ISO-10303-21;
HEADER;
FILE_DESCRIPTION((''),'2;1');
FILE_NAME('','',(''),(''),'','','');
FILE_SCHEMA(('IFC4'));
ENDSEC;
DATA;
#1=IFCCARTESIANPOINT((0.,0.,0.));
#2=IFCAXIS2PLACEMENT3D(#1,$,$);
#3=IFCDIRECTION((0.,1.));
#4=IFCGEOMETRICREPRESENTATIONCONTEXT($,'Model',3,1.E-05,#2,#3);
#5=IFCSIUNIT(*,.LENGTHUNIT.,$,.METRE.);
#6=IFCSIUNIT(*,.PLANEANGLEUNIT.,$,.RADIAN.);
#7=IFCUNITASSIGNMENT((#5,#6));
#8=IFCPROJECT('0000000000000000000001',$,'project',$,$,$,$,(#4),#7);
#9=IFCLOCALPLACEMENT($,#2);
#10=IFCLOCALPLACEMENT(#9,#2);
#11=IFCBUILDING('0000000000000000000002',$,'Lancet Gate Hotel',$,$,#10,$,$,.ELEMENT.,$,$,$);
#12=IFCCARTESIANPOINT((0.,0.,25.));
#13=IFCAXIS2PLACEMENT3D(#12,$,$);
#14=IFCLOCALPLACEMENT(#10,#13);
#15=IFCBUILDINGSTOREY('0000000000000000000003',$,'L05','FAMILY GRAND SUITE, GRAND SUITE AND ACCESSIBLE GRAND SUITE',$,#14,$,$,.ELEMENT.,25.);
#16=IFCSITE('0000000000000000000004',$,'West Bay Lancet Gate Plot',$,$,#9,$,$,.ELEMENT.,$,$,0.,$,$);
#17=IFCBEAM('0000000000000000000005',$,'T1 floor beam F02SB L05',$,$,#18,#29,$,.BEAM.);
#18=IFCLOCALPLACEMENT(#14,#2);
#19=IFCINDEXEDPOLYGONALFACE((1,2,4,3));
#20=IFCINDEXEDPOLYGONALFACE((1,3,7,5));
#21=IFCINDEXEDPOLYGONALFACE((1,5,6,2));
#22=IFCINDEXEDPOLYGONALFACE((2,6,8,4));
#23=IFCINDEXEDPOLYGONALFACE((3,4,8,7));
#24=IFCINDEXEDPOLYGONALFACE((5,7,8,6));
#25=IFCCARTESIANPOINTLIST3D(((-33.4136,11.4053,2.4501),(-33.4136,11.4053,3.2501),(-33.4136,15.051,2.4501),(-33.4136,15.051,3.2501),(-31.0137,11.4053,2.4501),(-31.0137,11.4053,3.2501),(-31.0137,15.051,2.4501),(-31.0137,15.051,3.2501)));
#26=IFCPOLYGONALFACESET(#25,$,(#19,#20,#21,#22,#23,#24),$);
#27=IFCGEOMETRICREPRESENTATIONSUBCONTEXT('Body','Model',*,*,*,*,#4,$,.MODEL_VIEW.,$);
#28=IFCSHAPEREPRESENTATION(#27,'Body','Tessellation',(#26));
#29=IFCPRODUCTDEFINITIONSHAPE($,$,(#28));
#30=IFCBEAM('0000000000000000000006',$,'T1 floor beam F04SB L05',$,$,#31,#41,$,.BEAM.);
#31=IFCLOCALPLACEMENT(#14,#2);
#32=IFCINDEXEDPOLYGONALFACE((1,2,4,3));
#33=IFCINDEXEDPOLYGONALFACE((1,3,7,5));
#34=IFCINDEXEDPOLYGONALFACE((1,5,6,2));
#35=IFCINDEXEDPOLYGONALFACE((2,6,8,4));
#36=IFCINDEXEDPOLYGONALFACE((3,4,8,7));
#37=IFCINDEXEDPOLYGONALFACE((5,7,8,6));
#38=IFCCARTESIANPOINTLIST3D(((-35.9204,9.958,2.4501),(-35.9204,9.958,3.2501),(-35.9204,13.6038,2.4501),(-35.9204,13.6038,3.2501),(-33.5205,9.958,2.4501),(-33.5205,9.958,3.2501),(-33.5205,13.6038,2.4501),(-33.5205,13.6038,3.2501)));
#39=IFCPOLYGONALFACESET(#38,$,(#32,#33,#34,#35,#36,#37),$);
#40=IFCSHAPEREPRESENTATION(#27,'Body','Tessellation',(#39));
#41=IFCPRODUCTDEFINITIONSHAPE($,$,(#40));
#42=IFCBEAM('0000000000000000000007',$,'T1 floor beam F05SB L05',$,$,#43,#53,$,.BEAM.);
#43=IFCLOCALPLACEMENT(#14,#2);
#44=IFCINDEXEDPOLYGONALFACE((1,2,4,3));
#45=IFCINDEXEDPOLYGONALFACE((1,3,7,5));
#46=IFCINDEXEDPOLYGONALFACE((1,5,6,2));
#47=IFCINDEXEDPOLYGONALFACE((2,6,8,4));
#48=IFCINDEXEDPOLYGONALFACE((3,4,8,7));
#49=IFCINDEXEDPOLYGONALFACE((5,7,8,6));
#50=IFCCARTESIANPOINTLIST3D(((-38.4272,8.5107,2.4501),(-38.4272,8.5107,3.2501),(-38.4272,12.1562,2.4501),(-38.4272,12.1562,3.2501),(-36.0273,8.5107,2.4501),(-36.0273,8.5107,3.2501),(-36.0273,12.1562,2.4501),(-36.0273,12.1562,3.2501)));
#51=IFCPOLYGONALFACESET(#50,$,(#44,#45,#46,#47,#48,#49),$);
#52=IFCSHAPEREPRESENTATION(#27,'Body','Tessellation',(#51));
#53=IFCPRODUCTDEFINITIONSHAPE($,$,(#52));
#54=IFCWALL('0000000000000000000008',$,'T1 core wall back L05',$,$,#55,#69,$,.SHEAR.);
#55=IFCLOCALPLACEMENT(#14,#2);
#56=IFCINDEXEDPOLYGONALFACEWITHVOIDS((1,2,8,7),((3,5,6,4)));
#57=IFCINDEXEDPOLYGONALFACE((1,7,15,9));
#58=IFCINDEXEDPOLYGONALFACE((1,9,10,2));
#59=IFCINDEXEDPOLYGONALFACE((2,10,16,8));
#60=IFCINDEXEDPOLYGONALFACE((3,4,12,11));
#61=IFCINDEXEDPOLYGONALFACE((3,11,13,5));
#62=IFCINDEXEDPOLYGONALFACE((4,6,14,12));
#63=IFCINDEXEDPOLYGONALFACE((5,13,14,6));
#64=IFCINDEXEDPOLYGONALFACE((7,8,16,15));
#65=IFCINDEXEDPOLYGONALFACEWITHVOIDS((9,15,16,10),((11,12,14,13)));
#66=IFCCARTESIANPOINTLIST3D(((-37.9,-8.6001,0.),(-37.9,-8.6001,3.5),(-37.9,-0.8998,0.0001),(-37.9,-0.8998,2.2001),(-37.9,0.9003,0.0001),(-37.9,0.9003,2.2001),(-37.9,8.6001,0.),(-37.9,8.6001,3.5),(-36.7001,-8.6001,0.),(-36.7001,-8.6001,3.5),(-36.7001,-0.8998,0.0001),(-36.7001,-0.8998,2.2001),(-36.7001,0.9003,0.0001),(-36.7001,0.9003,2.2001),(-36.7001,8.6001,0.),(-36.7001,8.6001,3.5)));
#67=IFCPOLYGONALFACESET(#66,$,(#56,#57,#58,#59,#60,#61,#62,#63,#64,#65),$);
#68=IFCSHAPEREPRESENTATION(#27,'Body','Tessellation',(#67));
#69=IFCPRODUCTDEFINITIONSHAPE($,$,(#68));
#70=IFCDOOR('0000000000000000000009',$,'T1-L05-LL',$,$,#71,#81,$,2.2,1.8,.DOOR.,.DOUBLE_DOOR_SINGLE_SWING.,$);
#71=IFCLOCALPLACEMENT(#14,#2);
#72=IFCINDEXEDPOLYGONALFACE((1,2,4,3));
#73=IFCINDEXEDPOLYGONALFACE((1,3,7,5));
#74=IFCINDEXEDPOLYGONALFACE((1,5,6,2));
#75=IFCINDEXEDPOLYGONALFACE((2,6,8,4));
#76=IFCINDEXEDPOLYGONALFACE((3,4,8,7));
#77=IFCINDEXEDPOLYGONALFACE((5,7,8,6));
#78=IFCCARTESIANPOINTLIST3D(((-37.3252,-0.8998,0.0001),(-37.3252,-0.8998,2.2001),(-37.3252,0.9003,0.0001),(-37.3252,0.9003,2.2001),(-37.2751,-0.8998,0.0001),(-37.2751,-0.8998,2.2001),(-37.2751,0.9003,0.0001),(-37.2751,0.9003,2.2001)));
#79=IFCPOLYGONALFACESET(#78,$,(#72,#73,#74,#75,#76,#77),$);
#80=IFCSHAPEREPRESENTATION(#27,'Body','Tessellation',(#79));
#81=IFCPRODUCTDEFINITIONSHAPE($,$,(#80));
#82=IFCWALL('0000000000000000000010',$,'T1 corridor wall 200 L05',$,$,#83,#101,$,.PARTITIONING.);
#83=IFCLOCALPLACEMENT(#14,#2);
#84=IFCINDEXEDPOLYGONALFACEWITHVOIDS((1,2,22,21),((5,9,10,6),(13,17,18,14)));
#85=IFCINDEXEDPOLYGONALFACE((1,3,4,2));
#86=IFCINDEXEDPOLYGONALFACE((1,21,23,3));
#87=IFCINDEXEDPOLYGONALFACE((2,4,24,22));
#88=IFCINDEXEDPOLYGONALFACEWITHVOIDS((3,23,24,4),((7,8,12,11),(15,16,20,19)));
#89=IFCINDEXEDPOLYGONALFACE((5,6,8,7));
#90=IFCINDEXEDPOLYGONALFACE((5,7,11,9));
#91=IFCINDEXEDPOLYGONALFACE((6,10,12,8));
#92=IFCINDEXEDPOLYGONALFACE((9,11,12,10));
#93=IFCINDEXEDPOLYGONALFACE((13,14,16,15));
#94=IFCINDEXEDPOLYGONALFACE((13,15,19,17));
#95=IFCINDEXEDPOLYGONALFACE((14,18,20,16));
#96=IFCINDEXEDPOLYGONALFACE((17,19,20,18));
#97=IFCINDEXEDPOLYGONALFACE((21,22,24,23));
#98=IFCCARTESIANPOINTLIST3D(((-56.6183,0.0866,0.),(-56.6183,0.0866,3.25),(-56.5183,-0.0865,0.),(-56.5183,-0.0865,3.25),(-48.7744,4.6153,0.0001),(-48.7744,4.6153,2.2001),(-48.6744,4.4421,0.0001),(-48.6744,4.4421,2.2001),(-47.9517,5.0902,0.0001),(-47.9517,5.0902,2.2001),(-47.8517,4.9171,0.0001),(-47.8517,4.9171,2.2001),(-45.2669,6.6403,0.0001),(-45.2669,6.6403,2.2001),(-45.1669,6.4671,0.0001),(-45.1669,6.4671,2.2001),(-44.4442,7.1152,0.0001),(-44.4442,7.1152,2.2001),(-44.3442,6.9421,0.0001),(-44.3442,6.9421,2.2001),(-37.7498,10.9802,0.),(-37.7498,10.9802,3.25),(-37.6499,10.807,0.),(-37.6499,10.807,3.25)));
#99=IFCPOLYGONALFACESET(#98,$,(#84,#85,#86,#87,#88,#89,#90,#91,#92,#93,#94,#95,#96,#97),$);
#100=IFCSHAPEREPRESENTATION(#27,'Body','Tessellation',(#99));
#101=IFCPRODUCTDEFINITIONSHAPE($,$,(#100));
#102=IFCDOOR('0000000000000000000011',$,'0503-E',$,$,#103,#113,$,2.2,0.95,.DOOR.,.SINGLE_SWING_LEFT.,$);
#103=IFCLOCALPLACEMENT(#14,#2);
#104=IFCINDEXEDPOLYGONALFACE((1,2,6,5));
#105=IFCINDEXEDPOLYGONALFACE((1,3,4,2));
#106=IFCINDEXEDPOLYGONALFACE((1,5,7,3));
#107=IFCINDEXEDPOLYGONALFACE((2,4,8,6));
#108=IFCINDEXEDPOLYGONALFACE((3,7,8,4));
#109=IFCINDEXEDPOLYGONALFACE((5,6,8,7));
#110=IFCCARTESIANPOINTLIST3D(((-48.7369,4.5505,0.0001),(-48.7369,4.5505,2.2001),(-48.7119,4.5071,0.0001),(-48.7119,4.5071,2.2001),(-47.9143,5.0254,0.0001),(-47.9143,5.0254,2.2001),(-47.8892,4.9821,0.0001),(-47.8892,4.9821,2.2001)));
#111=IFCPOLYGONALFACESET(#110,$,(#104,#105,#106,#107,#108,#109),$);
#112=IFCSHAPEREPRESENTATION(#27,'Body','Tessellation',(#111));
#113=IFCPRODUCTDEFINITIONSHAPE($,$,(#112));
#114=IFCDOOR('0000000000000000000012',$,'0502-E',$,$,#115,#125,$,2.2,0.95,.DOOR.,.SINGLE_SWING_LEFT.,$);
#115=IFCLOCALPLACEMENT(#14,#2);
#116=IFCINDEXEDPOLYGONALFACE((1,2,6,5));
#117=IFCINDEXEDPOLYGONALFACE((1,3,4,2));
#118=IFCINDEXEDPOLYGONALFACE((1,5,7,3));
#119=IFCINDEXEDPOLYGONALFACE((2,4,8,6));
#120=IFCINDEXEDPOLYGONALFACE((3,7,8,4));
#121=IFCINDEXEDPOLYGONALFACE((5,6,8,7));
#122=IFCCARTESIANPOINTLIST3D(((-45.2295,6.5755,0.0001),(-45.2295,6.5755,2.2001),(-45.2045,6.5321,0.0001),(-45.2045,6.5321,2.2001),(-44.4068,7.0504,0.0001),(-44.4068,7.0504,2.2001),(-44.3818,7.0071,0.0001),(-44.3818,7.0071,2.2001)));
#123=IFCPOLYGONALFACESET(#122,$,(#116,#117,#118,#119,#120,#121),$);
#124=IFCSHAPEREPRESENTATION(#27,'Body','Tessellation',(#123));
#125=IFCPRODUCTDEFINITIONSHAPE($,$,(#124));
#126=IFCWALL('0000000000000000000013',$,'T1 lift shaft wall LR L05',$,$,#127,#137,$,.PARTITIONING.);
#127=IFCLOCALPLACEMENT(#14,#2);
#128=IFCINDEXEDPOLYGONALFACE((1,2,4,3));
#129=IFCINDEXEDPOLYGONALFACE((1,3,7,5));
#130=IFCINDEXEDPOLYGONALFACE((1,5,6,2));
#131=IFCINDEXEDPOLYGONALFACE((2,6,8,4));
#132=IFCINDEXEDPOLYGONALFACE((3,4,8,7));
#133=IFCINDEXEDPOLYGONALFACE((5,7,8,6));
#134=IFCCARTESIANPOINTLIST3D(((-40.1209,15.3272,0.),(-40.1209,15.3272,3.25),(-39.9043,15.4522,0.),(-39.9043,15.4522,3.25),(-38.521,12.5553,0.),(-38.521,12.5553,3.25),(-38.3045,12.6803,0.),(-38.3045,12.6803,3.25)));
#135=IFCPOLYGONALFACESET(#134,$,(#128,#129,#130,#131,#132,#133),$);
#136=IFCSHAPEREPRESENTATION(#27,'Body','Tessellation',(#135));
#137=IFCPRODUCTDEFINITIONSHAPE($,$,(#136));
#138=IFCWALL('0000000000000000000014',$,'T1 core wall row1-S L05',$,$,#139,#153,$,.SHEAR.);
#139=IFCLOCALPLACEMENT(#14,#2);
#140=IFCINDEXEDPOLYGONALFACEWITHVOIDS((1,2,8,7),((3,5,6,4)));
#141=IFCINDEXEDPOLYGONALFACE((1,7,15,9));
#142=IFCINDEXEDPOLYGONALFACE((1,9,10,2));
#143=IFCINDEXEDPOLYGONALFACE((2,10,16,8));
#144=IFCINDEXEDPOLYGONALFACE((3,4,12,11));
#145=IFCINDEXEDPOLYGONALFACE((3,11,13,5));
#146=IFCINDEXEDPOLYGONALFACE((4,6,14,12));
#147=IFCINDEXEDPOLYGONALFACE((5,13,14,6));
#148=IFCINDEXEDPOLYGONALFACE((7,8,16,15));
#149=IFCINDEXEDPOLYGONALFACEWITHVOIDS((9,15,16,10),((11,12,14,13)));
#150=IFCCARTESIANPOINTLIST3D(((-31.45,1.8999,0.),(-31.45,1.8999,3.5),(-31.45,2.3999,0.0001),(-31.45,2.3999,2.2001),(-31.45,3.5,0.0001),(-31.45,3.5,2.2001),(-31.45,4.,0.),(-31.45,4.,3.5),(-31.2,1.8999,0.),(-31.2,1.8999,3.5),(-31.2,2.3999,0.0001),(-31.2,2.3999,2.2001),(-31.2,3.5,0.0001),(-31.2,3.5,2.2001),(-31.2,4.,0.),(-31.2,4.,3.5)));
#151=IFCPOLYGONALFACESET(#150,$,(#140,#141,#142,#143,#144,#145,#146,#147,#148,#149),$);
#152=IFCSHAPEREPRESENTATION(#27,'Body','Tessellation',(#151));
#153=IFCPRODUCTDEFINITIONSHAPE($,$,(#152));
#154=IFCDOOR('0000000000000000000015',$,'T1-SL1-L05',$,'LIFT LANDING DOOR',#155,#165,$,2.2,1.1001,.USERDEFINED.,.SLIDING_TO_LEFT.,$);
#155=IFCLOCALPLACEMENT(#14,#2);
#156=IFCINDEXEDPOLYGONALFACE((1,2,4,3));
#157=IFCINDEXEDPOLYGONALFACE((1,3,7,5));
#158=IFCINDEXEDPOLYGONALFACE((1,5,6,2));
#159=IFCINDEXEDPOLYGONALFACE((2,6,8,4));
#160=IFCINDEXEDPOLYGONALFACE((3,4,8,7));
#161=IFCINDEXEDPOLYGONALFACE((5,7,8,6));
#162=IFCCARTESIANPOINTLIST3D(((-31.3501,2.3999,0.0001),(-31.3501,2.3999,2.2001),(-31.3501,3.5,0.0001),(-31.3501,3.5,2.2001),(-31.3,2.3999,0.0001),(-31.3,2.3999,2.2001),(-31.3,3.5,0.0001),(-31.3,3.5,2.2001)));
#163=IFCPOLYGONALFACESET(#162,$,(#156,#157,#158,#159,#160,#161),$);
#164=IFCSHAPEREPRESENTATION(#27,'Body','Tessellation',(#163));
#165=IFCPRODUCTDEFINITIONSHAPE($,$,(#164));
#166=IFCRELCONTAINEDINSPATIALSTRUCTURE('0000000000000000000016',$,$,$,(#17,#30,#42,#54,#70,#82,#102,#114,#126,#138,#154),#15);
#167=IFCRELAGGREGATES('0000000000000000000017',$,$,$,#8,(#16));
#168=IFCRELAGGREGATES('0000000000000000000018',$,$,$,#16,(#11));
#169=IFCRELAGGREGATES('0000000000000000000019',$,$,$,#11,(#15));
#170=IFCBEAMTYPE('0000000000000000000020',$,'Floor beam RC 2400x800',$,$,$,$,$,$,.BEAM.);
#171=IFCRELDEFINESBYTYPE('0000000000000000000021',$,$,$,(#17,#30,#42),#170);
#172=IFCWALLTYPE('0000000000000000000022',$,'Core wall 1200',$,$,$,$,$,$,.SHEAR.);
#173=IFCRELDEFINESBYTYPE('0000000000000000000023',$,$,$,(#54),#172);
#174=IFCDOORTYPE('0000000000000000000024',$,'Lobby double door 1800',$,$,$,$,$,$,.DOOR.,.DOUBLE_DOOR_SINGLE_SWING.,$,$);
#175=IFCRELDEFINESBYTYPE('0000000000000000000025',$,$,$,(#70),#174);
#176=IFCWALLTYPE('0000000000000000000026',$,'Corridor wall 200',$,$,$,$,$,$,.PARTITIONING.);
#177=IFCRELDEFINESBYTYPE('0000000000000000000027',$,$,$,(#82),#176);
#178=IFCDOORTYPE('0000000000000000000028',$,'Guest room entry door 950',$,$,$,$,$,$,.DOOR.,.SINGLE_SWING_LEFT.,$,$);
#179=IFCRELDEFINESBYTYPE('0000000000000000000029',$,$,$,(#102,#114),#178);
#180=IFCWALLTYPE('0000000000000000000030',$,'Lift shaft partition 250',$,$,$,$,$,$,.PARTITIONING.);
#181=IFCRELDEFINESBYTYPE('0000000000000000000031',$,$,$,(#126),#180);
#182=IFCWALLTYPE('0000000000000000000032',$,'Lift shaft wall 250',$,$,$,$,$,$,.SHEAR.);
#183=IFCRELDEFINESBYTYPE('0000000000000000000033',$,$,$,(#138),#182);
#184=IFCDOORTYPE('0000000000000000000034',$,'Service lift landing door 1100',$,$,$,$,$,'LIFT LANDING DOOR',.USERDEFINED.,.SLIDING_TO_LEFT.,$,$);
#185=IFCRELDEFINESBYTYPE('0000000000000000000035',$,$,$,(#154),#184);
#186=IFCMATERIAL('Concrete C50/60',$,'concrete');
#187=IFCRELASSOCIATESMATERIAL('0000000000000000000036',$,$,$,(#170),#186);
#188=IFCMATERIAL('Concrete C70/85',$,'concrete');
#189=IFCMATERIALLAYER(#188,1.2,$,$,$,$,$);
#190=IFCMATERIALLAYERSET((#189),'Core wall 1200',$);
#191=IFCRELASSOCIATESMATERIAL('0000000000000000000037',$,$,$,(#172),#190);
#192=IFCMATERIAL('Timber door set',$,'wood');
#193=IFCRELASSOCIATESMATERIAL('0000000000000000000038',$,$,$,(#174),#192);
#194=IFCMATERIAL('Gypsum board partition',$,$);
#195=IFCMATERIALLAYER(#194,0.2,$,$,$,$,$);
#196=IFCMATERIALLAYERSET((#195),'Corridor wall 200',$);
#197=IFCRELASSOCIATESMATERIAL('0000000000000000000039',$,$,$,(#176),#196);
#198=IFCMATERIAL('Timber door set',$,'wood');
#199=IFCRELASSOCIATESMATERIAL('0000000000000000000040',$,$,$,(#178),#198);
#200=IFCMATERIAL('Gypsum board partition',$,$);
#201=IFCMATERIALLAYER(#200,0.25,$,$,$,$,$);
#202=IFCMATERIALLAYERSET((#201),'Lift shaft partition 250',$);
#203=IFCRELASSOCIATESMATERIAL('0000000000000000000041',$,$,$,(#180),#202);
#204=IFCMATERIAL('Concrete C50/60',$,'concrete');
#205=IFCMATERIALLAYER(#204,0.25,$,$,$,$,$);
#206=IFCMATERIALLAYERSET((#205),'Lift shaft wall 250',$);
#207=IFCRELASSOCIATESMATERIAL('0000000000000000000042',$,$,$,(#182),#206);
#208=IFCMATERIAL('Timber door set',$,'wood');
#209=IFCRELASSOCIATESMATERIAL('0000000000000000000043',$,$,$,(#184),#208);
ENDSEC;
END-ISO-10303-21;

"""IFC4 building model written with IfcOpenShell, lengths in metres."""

from ifc_helpers import new_model, si_unit, direction, frame, frame_2d, origin, origin_2d, place, context, subcontext, project, spatial, rectangle, extrude, material, layer, layer_set, material_profile, profile_set, type_object, element, fill, save


model = new_model("IFC4")

# Units and contexts
model_context = context("Model", 3, precision=1e-05, world=origin(), true_north=direction((0.0, 1.0)))
body_context = subcontext(model_context, "Body", "Model", "MODEL_VIEW")
ifc_project = project(units=[si_unit("LENGTHUNIT", "METRE"), si_unit("PLANEANGLEUNIT", "RADIAN")], contexts=[model_context])

# Site, building, storey
site_placement = place(None, origin())
site = spatial("IfcSite", under=ifc_project, at=site_placement, Name="West Bay Lancet Gate Plot", CompositionType="ELEMENT", RefElevation=0.0)
building_placement = place(site_placement, origin())
building = spatial("IfcBuilding", under=site, at=building_placement, Name="Lancet Gate Hotel", CompositionType="ELEMENT")
storey_placement = place(building_placement, frame((0.0, 0.0, 25.0)))
storey = spatial("IfcBuildingStorey", under=building, at=storey_placement, Name="L05", Description="FAMILY GRAND SUITE, GRAND SUITE AND ACCESSIBLE GRAND SUITE", CompositionType="ELEMENT", Elevation=25.0)

# Beams
ifc_material_1 = material(Name="Concrete C50/60", Category="concrete")
ifc_material_profile = material_profile(ifc_material_1, rectangle(XDim=2.3999, YDim=0.8, at=origin_2d()), Name="RC 2400x800")
ifc_profile_set = profile_set([ifc_material_profile], Name="Concrete C50/60")
beam_type = type_object("IfcBeamType", Name="Floor beam RC 2400x800", PredefinedType="BEAM", material=ifc_profile_set)
for number, where, z_axis, x_axis, name in (
    (1, (-32.2136, 15.051, 2.8501), (0.0, -1.0, 0.0), (1.0, 0.0, 0.0), "T1 floor beam F02SB L05"),
    (2, (-34.7205, 13.6038, 2.8501), (0.0, -1.0, 0.0), (1.0, 0.0, 0.0), "T1 floor beam F04SB L05"),
):
    element("IfcBeam", number, at=place(storey_placement, frame(where, z_axis=z_axis, x_axis=x_axis)), inside=storey, type_object=beam_type, Name=name, PredefinedType="BEAM", context=body_context, shape_type="SweptSolid", body=[
        extrude(rectangle(XDim=2.3999, YDim=0.8, at=origin_2d()), origin(), (0.0, 0.0, 1.0), 3.6458),
    ])
beam_placement = place(storey_placement, frame((-37.2273, 12.1562, 2.8501), z_axis=(0.0, -1.0, 0.0), x_axis=(1.0, 0.0, 0.0)))
element("IfcBeam", 3, at=beam_placement, inside=storey, type_object=beam_type, Name="T1 floor beam F05SB L05", PredefinedType="BEAM", context=body_context, shape_type="SweptSolid", body=[
    extrude(rectangle(XDim=2.3999, YDim=0.8, at=origin_2d()), origin(), (0.0, 0.0, 1.0), 3.6455),
])

# Wall, opening, door
ifc_material_2 = material(Name="Concrete C70/85", Category="concrete")
ifc_layer_1 = layer(ifc_material_2, 1.2)
ifc_layer_set_1 = layer_set([ifc_layer_1], Name="Core wall 1200")
wall_type_1 = type_object("IfcWallType", Name="Core wall 1200", PredefinedType="SHEAR", material=ifc_layer_set_1)
wall_1_placement = place(storey_placement, frame((-37.3, 8.6001, 0.0), z_axis=(0.0, 0.0, 1.0), x_axis=(0.0, -1.0, 0.0)))
wall_1 = element("IfcWall", 4, at=wall_1_placement, inside=storey, type_object=wall_type_1, Name="T1 core wall back L05", PredefinedType="SHEAR", context=body_context, shape_type="SweptSolid", body=[
    extrude(rectangle(XDim=17.2002, YDim=1.2, at=frame_2d((8.6001, 0.0))), origin(), (0.0, 0.0, 1.0), 3.5),
])
opening_1_placement = place(wall_1_placement, frame((7.7, 0.0, 0.0)))
opening_1 = element("IfcOpeningElement", 5, at=opening_1_placement, cuts=wall_1, PredefinedType="OPENING", context=body_context, shape_type="SweptSolid", body=[
    extrude(rectangle(XDim=1.8, YDim=2.2, at=frame_2d((0.8999, 1.1001))), frame((0.0, 0.6099, 0.0), z_axis=(0.0, -1.0, 0.0), x_axis=(1.0, 0.0, 0.0)), (0.0, 0.0, 1.0), 1.22),
])
ifc_material_3 = material(Name="Timber door set", Category="wood")
door_type_1 = type_object("IfcDoorType", Name="Lobby double door 1800", OperationType="DOUBLE_DOOR_SINGLE_SWING", PredefinedType="DOOR", material=ifc_material_3)
door_1_placement = place(opening_1_placement, origin())
door_1 = element("IfcDoor", 6, at=door_1_placement, inside=storey, type_object=door_type_1, Name="T1-L05-LL", OperationType="DOUBLE_DOOR_SINGLE_SWING", OverallHeight=2.2, OverallWidth=1.8, PredefinedType="DOOR", context=body_context, shape_type="SweptSolid", body=[
    extrude(rectangle(XDim=1.8, YDim=2.2, at=frame_2d((0.8999, 1.1001))), frame((0.0, 0.0249, 0.0), z_axis=(0.0, -1.0, 0.0), x_axis=(1.0, 0.0, 0.0)), (0.0, 0.0, 1.0), 0.05),
])
fill(opening_1, door_1)

# Wall, openings, doors
ifc_material_4 = material(Name="Gypsum board partition")
ifc_layer_2 = layer(ifc_material_4, 0.2)
ifc_layer_set_2 = layer_set([ifc_layer_2], Name="Corridor wall 200")
wall_type_2 = type_object("IfcWallType", Name="Corridor wall 200", PredefinedType="PARTITIONING", material=ifc_layer_set_2)
wall_2_placement = place(storey_placement, frame((-37.7, 10.8936, 0.0), z_axis=(0.0, 0.0, 1.0), x_axis=(-0.866028, -0.499996, 0.0)))
wall_2 = element("IfcWall", 7, at=wall_2_placement, inside=storey, type_object=wall_type_2, Name="T1 corridor wall 200 L05", PredefinedType="PARTITIONING", context=body_context, shape_type="SweptSolid", body=[
    extrude(rectangle(XDim=21.7874, YDim=0.2, at=frame_2d((10.8936, 0.0))), origin(), (0.0, 0.0, 1.0), 3.25),
])
opening_2_placement = place(wall_2_placement, frame((11.7798, 0.0, 0.0)))
opening_2 = element("IfcOpeningElement", 8, at=opening_2_placement, cuts=wall_2, PredefinedType="OPENING", context=body_context, shape_type="SweptSolid", body=[
    extrude(rectangle(XDim=0.95, YDim=2.2, at=frame_2d((0.4751, 1.1001))), frame((0.0, 0.1099, 0.0), z_axis=(0.0, -1.0, 0.0), x_axis=(1.0, 0.0, 0.0)), (0.0, 0.0, 1.0), 0.22),
])
opening_3_placement = place(wall_2_placement, frame((7.7297, 0.0, 0.0)))
opening_3 = element("IfcOpeningElement", 9, at=opening_3_placement, cuts=wall_2, PredefinedType="OPENING", context=body_context, shape_type="SweptSolid", body=[
    extrude(rectangle(XDim=0.95, YDim=2.2, at=frame_2d((0.4751, 1.1001))), frame((0.0, 0.1099, 0.0), z_axis=(0.0, -1.0, 0.0), x_axis=(1.0, 0.0, 0.0)), (0.0, 0.0, 1.0), 0.22),
])
ifc_material_5 = material(Name="Timber door set", Category="wood")
door_type_2 = type_object("IfcDoorType", Name="Guest room entry door 950", OperationType="SINGLE_SWING_LEFT", PredefinedType="DOOR", material=ifc_material_5)
door_2_placement = place(opening_2_placement, origin())
door_2 = element("IfcDoor", 10, at=door_2_placement, inside=storey, type_object=door_type_2, Name="0503-E", OperationType="SINGLE_SWING_LEFT", OverallHeight=2.2, OverallWidth=0.95, PredefinedType="DOOR", context=body_context, shape_type="SweptSolid", body=[
    extrude(rectangle(XDim=0.95, YDim=2.2, at=frame_2d((0.4751, 1.1001))), frame((0.0, 0.0249, 0.0), z_axis=(0.0, -1.0, 0.0), x_axis=(1.0, 0.0, 0.0)), (0.0, 0.0, 1.0), 0.05),
])
fill(opening_2, door_2)
door_3_placement = place(opening_3_placement, origin())
door_3 = element("IfcDoor", 11, at=door_3_placement, inside=storey, type_object=door_type_2, Name="0502-E", OperationType="SINGLE_SWING_LEFT", OverallHeight=2.2, OverallWidth=0.95, PredefinedType="DOOR", context=body_context, shape_type="SweptSolid", body=[
    extrude(rectangle(XDim=0.95, YDim=2.2, at=frame_2d((0.4751, 1.1001))), frame((0.0, 0.0249, 0.0), z_axis=(0.0, -1.0, 0.0), x_axis=(1.0, 0.0, 0.0)), (0.0, 0.0, 1.0), 0.05),
])
fill(opening_3, door_3)

# Wall
ifc_material_6 = material(Name="Gypsum board partition")
ifc_layer_3 = layer(ifc_material_6, 0.25)
ifc_layer_set_3 = layer_set([ifc_layer_3], Name="Lift shaft partition 250")
wall_type_3 = type_object("IfcWallType", Name="Lift shaft partition 250", PredefinedType="PARTITIONING", material=ifc_layer_set_3)
wall_3_placement = place(storey_placement, frame((-38.4128, 12.6179, 0.0), z_axis=(0.0, 0.0, 1.0), x_axis=(-0.499872, 0.866099, 0.0)))
element("IfcWall", 12, at=wall_3_placement, inside=storey, type_object=wall_type_3, Name="T1 lift shaft wall LR L05", PredefinedType="PARTITIONING", context=body_context, shape_type="SweptSolid", body=[
    extrude(rectangle(XDim=3.2004, YDim=0.25, at=frame_2d((1.6001, 0.0))), origin(), (0.0, 0.0, 1.0), 3.25),
])

# Wall, opening, door
ifc_material_7 = material(Name="Concrete C50/60", Category="concrete")
ifc_layer_4 = layer(ifc_material_7, 0.25)
ifc_layer_set_4 = layer_set([ifc_layer_4], Name="Lift shaft wall 250")
wall_type_4 = type_object("IfcWallType", Name="Lift shaft wall 250", PredefinedType="SHEAR", material=ifc_layer_set_4)
wall_4_placement = place(storey_placement, frame((-31.325, 4.0, 0.0), z_axis=(0.0, 0.0, 1.0), x_axis=(0.0, -1.0, 0.0)))
wall_4 = element("IfcWall", 13, at=wall_4_placement, inside=storey, type_object=wall_type_4, Name="T1 core wall row1-S L05", PredefinedType="SHEAR", context=body_context, shape_type="SweptSolid", body=[
    extrude(rectangle(XDim=2.1001, YDim=0.25, at=frame_2d((1.05, 0.0))), origin(), (0.0, 0.0, 1.0), 3.5),
])
opening_4_placement = place(wall_4_placement, frame((0.5, 0.0, 0.0)))
opening_4 = element("IfcOpeningElement", 14, at=opening_4_placement, cuts=wall_4, PredefinedType="OPENING", context=body_context, shape_type="SweptSolid", body=[
    extrude(rectangle(XDim=1.1001, YDim=2.2, at=frame_2d((0.55, 1.1001))), frame((0.0, 0.135, 0.0), z_axis=(0.0, -1.0, 0.0), x_axis=(1.0, 0.0, 0.0)), (0.0, 0.0, 1.0), 0.27),
])
ifc_material_8 = material(Name="Timber door set", Category="wood")
door_type_3 = type_object("IfcDoorType", Name="Service lift landing door 1100", ElementType="LIFT LANDING DOOR", OperationType="SLIDING_TO_LEFT", PredefinedType="USERDEFINED", material=ifc_material_8)
door_4_placement = place(opening_4_placement, origin())
door_4 = element("IfcDoor", 15, at=door_4_placement, inside=storey, type_object=door_type_3, Name="T1-SL1-L05", ObjectType="LIFT LANDING DOOR", OperationType="SLIDING_TO_LEFT", OverallHeight=2.2, OverallWidth=1.1001, PredefinedType="USERDEFINED", context=body_context, shape_type="SweptSolid", body=[
    extrude(rectangle(XDim=1.1001, YDim=2.2, at=frame_2d((0.55, 1.1001))), frame((0.0, 0.0249, 0.0), z_axis=(0.0, -1.0, 0.0), x_axis=(1.0, 0.0, 0.0)), (0.0, 0.0, 1.0), 0.05),
])
fill(opening_4, door_4)

save(model, "model.ifc")
